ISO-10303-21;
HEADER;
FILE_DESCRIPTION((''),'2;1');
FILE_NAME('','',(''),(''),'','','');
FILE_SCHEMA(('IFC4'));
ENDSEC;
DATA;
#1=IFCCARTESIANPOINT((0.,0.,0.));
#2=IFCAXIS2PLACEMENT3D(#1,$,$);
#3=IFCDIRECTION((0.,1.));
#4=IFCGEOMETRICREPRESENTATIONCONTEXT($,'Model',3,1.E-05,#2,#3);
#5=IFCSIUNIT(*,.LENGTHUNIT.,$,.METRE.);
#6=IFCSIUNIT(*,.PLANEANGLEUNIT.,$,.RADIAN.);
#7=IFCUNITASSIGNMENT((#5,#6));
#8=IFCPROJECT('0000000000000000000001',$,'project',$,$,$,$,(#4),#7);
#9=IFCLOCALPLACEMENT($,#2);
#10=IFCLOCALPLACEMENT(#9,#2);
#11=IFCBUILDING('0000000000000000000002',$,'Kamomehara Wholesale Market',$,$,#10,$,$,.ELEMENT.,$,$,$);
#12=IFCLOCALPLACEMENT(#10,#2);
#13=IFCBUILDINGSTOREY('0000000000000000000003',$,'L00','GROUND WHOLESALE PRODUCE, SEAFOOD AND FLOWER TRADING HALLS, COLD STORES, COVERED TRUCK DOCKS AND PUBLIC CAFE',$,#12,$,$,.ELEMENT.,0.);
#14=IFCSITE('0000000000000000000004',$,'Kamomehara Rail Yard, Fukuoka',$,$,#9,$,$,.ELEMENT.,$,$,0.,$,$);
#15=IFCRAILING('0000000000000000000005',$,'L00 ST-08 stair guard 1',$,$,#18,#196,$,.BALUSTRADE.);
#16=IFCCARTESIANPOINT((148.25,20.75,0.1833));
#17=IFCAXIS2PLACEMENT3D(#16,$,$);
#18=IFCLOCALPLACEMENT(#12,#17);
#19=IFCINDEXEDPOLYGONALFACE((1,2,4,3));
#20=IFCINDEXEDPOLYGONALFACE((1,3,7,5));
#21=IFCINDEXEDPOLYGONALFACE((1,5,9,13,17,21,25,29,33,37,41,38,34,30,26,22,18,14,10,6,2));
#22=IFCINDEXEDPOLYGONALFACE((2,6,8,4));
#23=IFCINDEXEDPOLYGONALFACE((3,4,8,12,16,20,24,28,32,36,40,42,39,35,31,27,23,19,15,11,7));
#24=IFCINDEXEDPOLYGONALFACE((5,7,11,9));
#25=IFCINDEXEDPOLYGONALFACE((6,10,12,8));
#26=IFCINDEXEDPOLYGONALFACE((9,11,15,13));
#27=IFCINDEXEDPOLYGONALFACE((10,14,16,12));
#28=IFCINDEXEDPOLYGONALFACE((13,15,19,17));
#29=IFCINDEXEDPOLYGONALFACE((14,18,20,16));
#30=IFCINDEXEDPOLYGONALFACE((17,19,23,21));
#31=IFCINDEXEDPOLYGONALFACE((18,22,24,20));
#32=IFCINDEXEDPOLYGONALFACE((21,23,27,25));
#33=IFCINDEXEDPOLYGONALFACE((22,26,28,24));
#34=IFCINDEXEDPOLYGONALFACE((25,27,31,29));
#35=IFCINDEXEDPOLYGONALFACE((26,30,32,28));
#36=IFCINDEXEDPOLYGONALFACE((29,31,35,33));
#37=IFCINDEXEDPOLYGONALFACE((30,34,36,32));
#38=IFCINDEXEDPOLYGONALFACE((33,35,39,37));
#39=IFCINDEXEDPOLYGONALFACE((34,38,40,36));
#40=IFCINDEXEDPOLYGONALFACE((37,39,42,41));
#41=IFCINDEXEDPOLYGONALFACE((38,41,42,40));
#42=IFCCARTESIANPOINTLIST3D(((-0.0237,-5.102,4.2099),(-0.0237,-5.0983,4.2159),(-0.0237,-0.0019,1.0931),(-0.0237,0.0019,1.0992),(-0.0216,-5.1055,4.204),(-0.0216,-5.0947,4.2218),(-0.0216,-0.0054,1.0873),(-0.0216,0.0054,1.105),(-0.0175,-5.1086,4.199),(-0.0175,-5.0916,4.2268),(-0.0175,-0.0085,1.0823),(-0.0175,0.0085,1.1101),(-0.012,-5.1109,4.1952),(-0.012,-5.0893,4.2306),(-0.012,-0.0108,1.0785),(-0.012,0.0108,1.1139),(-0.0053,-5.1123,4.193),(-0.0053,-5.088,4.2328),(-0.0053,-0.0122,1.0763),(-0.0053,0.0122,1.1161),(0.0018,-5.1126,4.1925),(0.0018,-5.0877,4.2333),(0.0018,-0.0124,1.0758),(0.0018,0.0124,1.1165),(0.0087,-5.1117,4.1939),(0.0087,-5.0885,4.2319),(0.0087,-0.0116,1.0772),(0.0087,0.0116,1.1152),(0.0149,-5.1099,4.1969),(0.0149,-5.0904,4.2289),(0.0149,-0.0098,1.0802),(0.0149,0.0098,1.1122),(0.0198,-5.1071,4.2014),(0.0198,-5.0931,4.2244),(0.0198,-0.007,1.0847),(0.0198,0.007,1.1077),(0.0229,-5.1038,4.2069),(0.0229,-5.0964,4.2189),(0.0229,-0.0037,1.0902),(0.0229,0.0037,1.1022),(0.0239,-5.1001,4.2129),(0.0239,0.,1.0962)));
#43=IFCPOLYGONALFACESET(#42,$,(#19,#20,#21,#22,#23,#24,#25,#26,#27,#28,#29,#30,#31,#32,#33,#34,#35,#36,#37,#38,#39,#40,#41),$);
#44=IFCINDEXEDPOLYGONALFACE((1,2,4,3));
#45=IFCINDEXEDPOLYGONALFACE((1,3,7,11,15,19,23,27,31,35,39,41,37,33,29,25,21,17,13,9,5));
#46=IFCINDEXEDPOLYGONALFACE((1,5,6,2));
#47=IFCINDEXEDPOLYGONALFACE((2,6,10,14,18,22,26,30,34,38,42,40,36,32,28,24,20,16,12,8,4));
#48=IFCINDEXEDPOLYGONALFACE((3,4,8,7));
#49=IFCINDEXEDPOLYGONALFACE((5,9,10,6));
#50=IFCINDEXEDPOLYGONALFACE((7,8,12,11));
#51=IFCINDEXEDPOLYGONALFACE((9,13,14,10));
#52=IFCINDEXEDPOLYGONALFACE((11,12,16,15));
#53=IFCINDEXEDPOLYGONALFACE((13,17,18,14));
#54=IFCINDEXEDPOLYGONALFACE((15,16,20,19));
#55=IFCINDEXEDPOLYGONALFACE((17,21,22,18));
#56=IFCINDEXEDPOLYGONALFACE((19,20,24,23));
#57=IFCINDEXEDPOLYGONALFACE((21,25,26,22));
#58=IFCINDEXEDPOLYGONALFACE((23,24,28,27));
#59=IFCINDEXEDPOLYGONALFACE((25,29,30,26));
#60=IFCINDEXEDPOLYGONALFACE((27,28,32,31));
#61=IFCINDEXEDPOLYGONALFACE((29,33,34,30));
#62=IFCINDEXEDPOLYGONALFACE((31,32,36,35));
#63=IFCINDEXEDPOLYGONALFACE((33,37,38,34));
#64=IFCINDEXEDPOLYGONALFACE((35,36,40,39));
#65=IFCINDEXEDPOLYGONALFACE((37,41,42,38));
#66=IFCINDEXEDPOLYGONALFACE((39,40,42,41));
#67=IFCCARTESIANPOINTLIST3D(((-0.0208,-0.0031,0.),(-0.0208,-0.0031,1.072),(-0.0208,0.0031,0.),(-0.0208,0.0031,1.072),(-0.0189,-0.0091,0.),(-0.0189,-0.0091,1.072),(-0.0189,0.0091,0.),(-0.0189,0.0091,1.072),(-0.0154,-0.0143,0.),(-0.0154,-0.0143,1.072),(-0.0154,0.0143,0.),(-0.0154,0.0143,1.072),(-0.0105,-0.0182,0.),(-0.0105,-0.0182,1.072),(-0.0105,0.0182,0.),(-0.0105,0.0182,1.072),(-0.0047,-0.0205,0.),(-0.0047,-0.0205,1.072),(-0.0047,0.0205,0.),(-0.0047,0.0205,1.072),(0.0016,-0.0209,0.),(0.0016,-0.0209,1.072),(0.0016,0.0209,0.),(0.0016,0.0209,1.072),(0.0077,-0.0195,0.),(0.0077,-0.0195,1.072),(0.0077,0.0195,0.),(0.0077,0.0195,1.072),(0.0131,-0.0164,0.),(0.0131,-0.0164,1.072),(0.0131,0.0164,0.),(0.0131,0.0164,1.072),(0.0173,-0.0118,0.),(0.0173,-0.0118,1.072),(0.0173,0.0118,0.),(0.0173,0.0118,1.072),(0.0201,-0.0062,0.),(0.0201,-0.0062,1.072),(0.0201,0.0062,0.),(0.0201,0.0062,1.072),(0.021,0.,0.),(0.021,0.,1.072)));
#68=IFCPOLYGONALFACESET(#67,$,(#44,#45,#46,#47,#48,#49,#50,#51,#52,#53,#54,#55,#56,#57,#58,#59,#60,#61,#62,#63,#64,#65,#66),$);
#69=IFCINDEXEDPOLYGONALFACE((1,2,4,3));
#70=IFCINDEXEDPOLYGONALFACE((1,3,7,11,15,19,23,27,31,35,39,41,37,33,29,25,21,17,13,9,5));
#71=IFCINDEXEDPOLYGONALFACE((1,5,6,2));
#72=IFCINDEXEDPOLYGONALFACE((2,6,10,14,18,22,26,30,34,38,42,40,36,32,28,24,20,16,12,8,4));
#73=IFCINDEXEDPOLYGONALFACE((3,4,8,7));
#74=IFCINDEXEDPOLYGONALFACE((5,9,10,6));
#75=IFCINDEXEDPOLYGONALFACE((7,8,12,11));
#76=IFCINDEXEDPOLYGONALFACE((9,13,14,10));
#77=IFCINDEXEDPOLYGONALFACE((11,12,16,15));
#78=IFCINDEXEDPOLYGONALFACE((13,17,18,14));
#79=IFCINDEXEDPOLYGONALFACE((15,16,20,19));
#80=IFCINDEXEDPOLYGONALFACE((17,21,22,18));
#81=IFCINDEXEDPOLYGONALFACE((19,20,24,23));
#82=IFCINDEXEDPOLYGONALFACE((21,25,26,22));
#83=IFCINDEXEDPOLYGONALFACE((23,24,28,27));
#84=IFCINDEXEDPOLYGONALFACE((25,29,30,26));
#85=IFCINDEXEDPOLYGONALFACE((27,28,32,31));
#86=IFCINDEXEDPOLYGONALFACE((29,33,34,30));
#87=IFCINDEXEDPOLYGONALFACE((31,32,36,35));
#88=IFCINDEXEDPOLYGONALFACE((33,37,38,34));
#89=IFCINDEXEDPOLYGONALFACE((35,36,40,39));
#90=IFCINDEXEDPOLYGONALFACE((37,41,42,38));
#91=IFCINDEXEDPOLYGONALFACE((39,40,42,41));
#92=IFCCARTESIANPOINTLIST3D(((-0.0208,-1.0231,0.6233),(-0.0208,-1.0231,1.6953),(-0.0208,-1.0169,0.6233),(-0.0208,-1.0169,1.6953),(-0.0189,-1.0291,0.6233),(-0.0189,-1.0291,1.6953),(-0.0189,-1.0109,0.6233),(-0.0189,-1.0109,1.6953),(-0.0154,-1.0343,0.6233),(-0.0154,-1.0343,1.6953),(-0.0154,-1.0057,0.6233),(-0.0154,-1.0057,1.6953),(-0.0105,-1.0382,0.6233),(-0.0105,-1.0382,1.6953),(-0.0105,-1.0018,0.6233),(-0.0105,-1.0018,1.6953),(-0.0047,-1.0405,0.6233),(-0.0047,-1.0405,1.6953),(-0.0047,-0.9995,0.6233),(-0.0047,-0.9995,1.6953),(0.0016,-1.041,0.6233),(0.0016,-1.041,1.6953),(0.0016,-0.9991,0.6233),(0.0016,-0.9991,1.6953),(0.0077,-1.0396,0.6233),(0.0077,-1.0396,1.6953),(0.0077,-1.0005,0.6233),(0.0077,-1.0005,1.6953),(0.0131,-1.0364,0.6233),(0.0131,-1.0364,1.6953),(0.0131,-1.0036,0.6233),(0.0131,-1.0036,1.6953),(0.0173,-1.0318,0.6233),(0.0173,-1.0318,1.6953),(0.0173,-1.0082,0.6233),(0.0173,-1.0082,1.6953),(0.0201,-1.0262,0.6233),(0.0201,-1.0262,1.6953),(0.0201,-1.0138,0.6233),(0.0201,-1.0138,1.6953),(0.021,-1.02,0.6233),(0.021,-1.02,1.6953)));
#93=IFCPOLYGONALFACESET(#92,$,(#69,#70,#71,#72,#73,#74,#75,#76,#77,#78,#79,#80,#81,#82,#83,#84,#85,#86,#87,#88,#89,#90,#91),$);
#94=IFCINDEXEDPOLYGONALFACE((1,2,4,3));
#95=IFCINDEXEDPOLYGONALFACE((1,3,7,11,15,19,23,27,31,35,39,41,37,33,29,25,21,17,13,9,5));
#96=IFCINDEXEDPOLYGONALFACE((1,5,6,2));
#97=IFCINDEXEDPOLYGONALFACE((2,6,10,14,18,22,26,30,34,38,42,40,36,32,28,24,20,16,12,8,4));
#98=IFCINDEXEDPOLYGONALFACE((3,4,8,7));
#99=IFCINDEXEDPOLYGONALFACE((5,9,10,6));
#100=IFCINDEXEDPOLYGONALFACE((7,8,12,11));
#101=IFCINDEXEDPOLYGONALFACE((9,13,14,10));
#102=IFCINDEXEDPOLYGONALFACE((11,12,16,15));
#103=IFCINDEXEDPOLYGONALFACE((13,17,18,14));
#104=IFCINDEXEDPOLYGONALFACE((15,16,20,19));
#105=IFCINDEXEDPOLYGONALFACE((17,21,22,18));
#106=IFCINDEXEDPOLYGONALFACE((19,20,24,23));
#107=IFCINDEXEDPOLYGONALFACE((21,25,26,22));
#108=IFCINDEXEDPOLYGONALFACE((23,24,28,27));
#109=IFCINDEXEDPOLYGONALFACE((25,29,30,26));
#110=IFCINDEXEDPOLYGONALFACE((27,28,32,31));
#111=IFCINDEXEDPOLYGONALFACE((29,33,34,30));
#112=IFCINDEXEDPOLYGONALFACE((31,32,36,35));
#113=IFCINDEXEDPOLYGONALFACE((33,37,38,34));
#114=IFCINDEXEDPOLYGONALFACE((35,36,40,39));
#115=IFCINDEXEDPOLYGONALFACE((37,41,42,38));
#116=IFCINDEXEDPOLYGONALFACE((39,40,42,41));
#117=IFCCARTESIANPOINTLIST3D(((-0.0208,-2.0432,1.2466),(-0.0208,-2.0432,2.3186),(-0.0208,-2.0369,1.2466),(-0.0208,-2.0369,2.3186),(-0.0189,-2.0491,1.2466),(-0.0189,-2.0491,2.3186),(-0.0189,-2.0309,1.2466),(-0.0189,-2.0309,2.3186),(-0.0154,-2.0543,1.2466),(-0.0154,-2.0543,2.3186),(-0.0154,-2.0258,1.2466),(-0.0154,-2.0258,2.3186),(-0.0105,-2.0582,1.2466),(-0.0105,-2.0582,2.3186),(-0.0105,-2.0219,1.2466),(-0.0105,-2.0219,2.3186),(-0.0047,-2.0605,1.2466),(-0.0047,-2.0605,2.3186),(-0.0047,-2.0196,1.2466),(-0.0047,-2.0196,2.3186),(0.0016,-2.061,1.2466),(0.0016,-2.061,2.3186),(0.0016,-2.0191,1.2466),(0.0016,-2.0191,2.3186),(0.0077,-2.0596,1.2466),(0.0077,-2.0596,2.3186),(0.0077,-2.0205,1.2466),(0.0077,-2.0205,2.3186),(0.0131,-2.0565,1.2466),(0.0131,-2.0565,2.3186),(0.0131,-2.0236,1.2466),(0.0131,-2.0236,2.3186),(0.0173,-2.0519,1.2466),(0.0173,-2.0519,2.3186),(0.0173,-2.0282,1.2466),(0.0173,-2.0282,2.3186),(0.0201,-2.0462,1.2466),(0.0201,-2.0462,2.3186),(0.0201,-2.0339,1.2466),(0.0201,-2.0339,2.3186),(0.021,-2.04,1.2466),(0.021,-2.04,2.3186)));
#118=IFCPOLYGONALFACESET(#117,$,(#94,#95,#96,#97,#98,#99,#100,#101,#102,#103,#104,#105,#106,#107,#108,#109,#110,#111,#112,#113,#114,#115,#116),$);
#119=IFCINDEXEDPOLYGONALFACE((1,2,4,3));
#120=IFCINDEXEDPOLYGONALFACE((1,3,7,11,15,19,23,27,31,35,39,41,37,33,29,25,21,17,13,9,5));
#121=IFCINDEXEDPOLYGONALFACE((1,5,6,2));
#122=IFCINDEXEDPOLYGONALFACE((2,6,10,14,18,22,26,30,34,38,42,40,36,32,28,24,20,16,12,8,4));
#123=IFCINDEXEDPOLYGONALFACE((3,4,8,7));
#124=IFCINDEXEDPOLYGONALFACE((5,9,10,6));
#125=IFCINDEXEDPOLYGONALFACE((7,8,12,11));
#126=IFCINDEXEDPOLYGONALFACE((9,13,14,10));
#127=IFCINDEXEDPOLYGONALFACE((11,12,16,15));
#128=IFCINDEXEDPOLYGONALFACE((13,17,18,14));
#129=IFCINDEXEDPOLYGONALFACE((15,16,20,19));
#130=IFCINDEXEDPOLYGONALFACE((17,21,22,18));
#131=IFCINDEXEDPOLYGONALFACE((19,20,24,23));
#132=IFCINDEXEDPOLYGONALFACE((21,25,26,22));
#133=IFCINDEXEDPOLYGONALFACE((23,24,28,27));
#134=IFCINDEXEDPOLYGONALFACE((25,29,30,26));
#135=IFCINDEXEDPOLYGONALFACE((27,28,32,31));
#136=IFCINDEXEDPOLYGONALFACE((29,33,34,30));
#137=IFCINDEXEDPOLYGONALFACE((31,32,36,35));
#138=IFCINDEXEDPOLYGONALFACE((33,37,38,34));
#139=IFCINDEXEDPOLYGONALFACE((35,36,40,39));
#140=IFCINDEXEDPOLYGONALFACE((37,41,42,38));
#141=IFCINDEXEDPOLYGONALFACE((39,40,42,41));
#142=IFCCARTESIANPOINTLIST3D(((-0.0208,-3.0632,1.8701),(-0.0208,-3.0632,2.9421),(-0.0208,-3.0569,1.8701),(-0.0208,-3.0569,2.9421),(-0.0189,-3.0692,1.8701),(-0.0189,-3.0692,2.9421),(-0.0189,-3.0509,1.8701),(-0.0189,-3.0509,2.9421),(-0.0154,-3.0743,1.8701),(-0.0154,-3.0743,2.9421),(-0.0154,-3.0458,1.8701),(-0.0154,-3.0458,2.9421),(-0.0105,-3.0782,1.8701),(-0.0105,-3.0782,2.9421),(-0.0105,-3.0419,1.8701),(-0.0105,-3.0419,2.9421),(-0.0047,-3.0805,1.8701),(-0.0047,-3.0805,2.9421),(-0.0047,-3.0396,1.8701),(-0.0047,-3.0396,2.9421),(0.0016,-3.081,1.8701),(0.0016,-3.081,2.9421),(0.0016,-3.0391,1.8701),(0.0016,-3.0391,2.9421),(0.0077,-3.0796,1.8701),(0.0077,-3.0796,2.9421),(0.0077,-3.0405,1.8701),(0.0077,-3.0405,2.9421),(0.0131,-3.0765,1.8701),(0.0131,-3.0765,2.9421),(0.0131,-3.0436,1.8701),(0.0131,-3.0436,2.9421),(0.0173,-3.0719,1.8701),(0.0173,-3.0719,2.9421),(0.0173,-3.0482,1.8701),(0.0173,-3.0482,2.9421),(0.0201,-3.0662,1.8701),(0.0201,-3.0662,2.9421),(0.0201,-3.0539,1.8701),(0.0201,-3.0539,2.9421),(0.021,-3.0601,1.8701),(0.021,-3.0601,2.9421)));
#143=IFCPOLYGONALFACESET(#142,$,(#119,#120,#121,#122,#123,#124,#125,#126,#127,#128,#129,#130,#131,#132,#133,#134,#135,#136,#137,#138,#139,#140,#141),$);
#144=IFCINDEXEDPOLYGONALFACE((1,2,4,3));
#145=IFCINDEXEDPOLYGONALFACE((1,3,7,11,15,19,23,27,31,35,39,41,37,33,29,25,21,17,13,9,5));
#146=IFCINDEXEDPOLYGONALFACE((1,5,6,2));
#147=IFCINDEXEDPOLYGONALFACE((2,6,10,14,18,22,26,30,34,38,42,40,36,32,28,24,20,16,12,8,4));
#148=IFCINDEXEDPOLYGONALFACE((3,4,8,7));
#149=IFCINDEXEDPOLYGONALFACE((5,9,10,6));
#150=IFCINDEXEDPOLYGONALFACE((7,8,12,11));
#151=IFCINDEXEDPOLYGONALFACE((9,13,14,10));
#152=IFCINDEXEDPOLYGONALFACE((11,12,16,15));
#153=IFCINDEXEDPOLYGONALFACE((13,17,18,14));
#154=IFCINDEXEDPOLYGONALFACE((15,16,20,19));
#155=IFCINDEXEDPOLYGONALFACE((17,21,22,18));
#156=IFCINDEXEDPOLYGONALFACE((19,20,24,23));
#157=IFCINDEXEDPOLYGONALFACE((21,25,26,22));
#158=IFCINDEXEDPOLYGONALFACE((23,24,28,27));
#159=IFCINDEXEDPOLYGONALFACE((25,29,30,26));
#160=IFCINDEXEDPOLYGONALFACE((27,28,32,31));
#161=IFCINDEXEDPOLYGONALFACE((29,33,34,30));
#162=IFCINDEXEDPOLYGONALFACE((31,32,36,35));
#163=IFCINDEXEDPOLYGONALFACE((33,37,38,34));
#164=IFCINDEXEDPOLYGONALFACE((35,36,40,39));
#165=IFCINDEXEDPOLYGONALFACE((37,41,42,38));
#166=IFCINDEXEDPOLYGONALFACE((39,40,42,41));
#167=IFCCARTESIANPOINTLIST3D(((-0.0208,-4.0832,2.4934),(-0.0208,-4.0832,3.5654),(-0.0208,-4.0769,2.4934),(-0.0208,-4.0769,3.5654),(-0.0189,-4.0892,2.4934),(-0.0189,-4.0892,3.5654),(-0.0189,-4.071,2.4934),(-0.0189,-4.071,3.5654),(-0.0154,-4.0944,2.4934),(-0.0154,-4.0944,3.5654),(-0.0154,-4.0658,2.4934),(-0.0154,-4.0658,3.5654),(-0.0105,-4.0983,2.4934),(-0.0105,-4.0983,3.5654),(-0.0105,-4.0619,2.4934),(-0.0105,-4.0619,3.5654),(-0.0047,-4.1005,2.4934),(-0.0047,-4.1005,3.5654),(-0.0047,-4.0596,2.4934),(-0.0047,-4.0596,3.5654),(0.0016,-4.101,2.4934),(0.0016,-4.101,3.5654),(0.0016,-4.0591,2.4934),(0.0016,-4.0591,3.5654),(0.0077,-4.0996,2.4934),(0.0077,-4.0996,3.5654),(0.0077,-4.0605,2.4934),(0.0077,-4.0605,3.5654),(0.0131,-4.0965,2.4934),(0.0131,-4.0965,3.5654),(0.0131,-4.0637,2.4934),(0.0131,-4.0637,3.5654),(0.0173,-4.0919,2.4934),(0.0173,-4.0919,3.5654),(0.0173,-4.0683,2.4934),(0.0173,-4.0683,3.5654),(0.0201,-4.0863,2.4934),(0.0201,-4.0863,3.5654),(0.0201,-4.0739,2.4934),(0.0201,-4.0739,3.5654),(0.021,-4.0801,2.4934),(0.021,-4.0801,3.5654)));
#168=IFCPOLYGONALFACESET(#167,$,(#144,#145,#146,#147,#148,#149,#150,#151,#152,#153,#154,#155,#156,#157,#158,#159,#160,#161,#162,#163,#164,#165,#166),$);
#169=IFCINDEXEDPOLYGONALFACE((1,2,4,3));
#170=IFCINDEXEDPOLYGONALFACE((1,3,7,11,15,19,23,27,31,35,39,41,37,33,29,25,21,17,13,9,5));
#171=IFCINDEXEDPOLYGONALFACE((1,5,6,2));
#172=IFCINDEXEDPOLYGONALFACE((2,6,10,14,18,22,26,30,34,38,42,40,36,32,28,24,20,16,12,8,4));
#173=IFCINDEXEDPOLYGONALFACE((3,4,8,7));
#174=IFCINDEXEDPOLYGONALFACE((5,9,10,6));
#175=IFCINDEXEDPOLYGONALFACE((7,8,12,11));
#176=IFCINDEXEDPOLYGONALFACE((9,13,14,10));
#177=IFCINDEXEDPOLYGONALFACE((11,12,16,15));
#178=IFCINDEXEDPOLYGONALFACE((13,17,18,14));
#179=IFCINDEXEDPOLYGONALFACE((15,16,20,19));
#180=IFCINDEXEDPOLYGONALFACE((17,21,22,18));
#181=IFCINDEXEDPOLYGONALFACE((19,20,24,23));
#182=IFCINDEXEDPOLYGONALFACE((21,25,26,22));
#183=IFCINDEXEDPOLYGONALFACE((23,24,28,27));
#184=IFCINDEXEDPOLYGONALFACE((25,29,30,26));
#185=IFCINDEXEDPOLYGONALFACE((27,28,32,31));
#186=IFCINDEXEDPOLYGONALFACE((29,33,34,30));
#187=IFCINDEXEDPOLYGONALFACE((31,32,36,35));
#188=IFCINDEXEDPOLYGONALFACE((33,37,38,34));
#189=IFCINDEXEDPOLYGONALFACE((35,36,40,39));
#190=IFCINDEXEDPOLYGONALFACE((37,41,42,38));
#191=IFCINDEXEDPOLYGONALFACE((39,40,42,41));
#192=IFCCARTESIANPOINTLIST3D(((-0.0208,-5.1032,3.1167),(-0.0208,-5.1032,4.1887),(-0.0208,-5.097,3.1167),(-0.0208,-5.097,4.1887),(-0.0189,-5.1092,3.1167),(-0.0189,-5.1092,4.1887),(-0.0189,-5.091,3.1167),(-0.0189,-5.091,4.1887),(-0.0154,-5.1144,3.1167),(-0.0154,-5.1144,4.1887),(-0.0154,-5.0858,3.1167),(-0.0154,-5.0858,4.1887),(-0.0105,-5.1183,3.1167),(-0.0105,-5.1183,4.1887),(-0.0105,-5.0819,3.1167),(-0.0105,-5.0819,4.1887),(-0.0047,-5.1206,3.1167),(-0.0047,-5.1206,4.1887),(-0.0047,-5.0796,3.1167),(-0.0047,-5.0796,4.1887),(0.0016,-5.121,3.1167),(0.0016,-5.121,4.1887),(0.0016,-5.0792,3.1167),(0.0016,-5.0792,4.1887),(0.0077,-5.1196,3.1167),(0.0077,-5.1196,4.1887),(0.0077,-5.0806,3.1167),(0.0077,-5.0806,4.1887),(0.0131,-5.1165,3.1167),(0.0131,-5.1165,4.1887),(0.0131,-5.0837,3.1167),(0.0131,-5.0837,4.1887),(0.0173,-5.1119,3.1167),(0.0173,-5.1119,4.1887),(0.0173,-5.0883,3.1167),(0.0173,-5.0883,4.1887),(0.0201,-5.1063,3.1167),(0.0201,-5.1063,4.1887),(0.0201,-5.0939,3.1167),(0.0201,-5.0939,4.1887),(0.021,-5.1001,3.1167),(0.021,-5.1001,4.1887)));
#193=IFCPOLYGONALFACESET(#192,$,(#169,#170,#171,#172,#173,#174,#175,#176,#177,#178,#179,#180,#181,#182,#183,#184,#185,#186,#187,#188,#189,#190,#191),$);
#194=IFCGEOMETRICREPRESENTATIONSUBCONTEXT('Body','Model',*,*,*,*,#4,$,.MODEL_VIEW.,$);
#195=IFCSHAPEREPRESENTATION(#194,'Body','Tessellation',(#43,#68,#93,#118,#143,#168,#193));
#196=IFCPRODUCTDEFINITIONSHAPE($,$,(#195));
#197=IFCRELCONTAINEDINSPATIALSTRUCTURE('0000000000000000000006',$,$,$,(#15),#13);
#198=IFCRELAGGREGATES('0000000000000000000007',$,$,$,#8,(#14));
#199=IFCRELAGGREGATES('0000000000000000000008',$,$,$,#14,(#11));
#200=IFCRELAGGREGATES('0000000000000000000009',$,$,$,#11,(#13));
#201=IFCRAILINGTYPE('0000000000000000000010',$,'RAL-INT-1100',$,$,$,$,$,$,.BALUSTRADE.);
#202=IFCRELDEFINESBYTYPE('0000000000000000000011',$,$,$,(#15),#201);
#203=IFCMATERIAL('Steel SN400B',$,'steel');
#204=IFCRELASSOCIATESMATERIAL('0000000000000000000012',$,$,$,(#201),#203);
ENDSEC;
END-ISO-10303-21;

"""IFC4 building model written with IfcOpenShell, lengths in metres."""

from ifc_helpers import new_model, si_unit, direction, frame, origin, origin_2d, place, context, subcontext, project, spatial, circle, extrude, material, type_object, element, save


model = new_model("IFC4")

# Units and contexts
model_context = context("Model", 3, precision=1e-05, world=origin(), true_north=direction((0.0, 1.0)))
body_context = subcontext(model_context, "Body", "Model", "MODEL_VIEW")
ifc_project = project(units=[si_unit("LENGTHUNIT", "METRE"), si_unit("PLANEANGLEUNIT", "RADIAN")], contexts=[model_context])

# Site, building, storey
site_placement = place(None, origin())
site = spatial("IfcSite", under=ifc_project, at=site_placement, Name="Kamomehara Rail Yard, Fukuoka", CompositionType="ELEMENT", RefElevation=0.0)
building_placement = place(site_placement, origin())
building = spatial("IfcBuilding", under=site, at=building_placement, Name="Kamomehara Wholesale Market", CompositionType="ELEMENT")
storey_placement = place(building_placement, origin())
storey = spatial("IfcBuildingStorey", under=building, at=storey_placement, Name="L00", Description="GROUND WHOLESALE PRODUCE, SEAFOOD AND FLOWER TRADING HALLS, COLD STORES, COVERED TRUCK DOCKS AND PUBLIC CAFE", CompositionType="ELEMENT", Elevation=0.0)

# Railing
ifc_material_1 = material(Name="Steel SN400B", Category="steel")
railing_type_1 = type_object("IfcRailingType", Name="RAL-INT-1100", PredefinedType="BALUSTRADE", material=ifc_material_1)
railing_1_placement = place(storey_placement, frame((148.25, 20.75, 0.1833)))
element("IfcRailing", 1, at=railing_1_placement, inside=storey, type_object=railing_type_1, Name="L00 ST-08 stair guard 1", PredefinedType="BALUSTRADE", context=body_context, shape_type="SweptSolid", body=[
    extrude(circle(Radius=0.0239, at=origin_2d()), frame((0.0, 0.0, 1.0962), z_axis=(0.0, -0.853284, 0.521447), x_axis=(1.0, 0.0, 0.0)), (0.0, 0.0, 1.0), 5.9771),
    extrude(circle(Radius=0.021, at=origin_2d()), origin(), (0.0, 0.0, 1.0), 1.072),
    extrude(circle(Radius=0.021, at=origin_2d()), frame((0.0, -1.02, 0.6233)), (0.0, 0.0, 1.0), 1.072),
    extrude(circle(Radius=0.021, at=origin_2d()), frame((0.0, -2.04, 1.2466)), (0.0, 0.0, 1.0), 1.072),
    extrude(circle(Radius=0.021, at=origin_2d()), frame((0.0, -3.0601, 1.8701)), (0.0, 0.0, 1.0), 1.072),
    extrude(circle(Radius=0.021, at=origin_2d()), frame((0.0, -4.0801, 2.4934)), (0.0, 0.0, 1.0), 1.072),
    extrude(circle(Radius=0.021, at=origin_2d()), frame((0.0, -5.1001, 3.1167)), (0.0, 0.0, 1.0), 1.072),
])

save(model, "model.ifc")
